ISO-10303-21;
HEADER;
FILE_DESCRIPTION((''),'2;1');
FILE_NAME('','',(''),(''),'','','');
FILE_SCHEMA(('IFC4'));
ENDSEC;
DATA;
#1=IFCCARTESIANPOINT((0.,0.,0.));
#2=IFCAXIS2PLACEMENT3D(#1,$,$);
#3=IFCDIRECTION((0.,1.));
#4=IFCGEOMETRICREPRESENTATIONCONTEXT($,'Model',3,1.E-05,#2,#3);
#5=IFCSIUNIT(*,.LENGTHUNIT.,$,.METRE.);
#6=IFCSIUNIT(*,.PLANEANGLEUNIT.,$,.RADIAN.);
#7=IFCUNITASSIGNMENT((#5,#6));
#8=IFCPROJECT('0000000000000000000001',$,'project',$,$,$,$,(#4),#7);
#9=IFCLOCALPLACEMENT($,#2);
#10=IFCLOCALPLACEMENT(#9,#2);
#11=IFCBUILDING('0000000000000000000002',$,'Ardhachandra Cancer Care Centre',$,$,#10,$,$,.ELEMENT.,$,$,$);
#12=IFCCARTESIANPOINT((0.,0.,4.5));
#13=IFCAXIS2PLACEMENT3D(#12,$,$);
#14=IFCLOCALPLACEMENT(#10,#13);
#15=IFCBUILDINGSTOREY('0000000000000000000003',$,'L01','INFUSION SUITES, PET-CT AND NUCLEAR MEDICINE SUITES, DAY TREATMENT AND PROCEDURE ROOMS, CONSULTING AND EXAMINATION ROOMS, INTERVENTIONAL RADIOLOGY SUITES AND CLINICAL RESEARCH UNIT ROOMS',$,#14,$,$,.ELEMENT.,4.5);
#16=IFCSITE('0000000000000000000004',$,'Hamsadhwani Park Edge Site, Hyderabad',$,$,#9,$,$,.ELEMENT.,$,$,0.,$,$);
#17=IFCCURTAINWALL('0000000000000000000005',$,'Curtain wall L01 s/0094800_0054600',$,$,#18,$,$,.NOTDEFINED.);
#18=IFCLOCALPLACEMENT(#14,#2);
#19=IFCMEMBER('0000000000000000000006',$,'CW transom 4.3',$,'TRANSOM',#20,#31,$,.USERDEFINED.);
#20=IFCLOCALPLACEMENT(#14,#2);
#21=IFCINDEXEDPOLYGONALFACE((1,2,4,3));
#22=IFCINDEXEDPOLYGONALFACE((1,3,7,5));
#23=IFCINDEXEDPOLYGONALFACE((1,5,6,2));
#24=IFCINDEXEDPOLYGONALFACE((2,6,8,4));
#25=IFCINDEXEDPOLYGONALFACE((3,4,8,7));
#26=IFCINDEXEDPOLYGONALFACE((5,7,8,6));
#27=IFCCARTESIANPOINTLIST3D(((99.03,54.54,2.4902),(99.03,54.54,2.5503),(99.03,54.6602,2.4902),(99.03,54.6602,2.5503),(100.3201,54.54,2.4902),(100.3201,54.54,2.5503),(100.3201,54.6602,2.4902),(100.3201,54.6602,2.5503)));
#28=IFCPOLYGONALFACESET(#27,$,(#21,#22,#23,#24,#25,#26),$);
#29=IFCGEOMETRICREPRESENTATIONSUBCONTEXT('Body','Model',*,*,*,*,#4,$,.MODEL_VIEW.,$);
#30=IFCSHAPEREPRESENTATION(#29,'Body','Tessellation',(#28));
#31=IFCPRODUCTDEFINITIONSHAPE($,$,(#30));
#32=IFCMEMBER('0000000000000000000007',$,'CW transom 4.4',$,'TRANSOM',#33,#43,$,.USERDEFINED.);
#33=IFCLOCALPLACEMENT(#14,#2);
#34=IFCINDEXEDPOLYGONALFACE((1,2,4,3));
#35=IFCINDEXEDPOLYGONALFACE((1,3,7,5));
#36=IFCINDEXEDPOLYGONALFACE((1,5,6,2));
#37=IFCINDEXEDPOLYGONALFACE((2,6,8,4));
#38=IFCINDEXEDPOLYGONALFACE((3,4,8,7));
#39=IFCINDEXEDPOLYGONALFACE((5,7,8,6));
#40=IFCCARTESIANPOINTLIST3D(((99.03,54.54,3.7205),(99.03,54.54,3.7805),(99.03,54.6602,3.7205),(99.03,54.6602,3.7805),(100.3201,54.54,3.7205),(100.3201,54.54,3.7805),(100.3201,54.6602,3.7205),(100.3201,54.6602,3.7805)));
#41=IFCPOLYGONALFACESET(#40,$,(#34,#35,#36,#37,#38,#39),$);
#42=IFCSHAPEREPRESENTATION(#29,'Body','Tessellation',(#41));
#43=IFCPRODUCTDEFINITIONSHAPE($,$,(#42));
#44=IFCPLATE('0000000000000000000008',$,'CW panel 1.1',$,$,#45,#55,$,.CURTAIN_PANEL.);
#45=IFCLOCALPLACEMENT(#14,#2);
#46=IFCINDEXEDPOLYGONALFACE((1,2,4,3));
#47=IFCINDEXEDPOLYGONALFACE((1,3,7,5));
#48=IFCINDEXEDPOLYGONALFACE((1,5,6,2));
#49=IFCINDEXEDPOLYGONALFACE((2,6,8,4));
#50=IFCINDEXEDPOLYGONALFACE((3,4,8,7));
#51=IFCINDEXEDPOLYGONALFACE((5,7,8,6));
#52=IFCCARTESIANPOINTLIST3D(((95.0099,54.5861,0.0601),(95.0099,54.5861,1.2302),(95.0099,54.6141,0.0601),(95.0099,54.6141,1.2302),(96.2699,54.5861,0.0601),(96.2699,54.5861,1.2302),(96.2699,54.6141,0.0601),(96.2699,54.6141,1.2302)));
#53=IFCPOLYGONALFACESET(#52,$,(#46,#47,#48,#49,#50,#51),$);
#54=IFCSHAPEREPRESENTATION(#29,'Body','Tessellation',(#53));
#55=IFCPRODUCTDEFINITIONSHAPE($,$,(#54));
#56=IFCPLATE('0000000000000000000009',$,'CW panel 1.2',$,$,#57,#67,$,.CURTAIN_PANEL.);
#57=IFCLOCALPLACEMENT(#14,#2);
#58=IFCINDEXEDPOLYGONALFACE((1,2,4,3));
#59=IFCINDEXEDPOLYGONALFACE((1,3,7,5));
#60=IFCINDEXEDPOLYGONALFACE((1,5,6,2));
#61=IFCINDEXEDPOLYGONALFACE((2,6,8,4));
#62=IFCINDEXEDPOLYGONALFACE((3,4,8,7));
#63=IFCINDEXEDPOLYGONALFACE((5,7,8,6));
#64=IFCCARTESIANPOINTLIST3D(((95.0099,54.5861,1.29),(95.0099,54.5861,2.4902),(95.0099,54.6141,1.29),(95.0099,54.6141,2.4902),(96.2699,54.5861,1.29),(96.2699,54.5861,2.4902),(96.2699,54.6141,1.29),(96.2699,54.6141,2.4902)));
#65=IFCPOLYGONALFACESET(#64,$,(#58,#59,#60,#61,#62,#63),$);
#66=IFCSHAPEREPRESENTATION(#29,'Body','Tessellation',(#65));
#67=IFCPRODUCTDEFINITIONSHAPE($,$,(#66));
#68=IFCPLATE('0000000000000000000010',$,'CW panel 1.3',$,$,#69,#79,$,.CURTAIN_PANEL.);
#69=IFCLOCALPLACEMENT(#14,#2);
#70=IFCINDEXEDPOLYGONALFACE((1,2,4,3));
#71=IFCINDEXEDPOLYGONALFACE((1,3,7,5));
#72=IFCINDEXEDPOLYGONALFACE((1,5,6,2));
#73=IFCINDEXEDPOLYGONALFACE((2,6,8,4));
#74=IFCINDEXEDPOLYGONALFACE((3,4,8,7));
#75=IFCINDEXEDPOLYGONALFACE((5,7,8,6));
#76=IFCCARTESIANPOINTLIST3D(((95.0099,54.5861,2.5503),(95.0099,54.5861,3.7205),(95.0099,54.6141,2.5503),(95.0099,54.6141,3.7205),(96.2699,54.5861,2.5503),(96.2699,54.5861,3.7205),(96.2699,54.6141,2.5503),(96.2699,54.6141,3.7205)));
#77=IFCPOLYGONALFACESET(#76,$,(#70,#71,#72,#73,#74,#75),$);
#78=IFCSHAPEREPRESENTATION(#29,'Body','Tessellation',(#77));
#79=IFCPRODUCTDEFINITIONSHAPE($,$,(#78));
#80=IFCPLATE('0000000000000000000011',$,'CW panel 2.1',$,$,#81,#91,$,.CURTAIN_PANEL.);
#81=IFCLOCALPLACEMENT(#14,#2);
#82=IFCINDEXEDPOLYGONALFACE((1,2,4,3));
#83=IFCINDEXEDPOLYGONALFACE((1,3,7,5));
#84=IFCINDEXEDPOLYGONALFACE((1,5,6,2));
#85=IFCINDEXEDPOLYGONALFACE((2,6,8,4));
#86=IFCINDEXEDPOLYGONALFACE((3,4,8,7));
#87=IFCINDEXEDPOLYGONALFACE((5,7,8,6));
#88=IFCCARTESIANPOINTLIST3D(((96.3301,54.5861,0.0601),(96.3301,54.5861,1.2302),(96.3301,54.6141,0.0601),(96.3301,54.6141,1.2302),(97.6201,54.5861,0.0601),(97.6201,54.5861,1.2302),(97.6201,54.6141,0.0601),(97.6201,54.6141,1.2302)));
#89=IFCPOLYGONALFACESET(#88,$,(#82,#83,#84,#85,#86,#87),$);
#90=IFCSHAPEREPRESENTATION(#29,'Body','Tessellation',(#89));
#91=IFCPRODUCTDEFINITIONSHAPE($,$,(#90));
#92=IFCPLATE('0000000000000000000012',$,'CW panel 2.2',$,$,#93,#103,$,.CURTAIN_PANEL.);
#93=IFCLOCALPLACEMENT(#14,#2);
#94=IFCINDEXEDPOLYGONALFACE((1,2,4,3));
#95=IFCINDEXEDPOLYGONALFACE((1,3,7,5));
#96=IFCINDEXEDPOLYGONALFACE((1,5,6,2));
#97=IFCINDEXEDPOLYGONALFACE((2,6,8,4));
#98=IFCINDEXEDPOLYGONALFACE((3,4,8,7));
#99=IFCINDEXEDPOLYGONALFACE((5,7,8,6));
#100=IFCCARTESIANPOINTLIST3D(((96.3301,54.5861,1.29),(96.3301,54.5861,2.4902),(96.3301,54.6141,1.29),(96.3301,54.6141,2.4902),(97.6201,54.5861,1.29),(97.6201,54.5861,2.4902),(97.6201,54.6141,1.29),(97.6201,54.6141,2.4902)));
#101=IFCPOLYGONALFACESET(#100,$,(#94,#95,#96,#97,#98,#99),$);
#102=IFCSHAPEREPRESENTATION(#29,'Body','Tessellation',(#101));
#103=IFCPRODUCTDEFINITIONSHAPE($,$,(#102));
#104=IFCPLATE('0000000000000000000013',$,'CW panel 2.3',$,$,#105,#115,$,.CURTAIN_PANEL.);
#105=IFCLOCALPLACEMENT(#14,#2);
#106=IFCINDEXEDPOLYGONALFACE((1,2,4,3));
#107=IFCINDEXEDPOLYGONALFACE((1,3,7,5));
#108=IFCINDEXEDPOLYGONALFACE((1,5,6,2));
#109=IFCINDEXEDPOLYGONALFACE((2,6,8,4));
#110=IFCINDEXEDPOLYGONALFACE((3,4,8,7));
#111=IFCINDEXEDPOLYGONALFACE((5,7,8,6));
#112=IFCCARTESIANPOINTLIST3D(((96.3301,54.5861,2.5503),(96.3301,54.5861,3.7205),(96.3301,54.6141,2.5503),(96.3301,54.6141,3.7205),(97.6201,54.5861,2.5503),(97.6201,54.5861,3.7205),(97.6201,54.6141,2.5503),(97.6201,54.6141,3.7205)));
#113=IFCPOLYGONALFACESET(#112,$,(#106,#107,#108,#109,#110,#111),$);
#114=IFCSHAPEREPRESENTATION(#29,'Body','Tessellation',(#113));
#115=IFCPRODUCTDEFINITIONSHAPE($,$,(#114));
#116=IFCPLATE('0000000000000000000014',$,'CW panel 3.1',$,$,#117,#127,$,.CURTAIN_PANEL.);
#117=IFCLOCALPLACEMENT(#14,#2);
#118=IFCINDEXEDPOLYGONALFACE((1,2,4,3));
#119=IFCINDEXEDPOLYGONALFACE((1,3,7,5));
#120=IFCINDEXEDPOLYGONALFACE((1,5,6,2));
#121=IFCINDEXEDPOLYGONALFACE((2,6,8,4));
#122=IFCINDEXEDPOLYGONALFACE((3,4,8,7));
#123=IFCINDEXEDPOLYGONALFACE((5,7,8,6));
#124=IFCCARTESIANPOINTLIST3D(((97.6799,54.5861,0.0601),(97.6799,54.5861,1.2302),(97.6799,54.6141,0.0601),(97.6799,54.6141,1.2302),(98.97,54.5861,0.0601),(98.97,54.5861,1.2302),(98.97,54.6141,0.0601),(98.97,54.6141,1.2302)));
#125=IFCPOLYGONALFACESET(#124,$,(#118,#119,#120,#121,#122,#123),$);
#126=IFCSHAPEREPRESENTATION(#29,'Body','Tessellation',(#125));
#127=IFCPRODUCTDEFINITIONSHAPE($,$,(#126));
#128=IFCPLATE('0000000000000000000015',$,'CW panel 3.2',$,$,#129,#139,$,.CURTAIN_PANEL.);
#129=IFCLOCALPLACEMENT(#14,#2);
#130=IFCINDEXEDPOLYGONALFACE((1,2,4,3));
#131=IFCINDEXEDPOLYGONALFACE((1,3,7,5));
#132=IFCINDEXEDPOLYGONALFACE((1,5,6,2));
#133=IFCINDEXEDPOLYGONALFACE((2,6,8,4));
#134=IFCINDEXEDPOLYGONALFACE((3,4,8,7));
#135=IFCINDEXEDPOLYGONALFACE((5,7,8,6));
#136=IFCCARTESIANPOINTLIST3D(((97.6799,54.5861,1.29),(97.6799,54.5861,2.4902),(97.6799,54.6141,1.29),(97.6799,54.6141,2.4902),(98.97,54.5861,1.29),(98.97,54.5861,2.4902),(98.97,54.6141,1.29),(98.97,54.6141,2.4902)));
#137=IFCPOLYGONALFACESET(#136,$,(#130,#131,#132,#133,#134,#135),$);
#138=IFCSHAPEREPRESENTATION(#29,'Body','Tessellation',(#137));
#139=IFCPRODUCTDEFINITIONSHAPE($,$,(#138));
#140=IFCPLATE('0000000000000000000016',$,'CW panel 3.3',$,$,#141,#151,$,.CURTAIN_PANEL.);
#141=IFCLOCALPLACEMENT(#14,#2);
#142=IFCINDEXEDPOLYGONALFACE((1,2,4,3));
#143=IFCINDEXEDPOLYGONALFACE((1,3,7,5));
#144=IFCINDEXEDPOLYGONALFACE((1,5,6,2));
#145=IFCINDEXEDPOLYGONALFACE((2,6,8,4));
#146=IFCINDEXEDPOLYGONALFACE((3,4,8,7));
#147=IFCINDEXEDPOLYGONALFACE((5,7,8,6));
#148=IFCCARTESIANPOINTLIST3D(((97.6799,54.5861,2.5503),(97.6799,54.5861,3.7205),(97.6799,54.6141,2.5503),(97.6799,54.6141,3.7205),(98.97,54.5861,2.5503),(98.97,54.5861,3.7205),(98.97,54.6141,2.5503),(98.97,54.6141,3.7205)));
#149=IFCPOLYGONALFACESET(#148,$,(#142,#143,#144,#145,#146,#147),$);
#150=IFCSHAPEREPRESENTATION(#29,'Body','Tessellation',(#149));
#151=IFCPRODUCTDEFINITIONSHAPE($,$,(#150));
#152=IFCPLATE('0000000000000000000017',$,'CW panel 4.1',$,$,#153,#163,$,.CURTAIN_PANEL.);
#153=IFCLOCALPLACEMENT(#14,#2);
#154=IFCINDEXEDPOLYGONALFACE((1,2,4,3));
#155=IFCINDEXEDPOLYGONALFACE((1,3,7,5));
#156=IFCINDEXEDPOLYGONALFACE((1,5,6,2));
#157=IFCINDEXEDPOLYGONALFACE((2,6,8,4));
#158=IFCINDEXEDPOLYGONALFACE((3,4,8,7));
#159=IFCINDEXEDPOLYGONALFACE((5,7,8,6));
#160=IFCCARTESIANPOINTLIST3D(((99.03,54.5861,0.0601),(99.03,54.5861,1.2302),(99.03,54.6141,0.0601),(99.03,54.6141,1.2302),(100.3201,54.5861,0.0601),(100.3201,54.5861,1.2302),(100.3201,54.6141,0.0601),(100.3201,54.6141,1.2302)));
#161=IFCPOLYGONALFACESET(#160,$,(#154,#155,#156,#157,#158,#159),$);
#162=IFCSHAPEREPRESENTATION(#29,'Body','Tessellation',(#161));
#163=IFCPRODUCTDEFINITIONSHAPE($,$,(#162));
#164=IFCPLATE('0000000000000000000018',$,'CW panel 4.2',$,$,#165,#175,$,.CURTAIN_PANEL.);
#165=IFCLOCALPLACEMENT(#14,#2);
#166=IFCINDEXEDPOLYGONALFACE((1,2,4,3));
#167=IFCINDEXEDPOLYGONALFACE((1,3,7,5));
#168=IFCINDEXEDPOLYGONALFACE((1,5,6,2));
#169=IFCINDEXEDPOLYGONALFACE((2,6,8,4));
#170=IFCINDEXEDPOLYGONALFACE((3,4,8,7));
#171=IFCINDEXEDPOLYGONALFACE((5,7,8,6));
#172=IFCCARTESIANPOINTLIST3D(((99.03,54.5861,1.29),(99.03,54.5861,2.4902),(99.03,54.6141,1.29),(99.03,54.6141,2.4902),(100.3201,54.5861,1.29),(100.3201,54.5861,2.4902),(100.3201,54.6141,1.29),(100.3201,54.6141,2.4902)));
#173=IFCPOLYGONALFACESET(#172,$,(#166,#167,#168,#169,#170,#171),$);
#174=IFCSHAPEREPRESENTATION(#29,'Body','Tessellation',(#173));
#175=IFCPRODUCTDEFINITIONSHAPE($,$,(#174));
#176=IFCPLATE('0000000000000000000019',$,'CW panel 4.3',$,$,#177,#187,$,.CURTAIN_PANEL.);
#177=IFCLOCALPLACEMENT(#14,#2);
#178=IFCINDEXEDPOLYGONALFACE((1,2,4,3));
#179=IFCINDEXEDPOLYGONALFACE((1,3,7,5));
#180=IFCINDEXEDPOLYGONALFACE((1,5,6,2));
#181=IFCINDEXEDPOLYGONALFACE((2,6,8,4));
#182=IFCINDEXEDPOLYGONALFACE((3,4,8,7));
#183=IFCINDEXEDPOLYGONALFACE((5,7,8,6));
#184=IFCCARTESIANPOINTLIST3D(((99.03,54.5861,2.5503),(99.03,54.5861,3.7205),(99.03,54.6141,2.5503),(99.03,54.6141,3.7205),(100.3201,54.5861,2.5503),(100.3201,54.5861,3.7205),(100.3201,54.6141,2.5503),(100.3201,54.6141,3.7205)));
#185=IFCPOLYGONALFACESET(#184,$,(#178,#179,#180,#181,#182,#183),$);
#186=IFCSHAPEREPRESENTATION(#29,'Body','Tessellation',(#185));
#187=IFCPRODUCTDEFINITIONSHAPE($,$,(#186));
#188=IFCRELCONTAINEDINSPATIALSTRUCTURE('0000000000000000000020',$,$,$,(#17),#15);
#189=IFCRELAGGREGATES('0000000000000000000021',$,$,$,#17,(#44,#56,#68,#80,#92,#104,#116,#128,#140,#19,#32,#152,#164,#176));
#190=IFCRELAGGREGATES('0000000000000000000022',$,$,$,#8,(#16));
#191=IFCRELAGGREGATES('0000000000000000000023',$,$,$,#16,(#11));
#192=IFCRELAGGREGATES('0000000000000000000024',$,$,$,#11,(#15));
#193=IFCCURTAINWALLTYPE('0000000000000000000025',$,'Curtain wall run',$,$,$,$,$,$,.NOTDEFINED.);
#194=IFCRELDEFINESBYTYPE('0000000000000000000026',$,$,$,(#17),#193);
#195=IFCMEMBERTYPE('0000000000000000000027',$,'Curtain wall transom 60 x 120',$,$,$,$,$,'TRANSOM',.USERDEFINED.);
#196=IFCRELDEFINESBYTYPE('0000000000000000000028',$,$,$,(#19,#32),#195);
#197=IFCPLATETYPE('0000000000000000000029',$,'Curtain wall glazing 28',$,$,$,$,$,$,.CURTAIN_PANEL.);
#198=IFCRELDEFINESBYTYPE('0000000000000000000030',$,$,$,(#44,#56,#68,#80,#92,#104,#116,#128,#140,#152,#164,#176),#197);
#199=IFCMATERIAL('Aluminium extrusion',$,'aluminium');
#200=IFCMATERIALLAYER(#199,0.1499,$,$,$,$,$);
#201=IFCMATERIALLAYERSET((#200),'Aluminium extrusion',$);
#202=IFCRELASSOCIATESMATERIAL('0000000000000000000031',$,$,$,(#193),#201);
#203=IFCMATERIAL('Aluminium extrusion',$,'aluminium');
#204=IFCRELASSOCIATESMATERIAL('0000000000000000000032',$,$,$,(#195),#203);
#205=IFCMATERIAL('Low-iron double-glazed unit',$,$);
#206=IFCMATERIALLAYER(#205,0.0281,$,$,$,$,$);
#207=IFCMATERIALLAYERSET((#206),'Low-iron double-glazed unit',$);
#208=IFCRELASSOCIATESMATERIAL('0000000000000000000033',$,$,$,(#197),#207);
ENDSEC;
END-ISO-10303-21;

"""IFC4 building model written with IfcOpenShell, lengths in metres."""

from ifc_helpers import new_model, si_unit, direction, frame, origin, origin_2d, place, context, subcontext, project, spatial, rectangle, extrude, material, layer, layer_set, material_profile, profile_set, type_object, element, aggregate, save


model = new_model("IFC4")

# Units and contexts
model_context = context("Model", 3, precision=1e-05, world=origin(), true_north=direction((0.0, 1.0)))
body_context = subcontext(model_context, "Body", "Model", "MODEL_VIEW")
ifc_project = project(units=[si_unit("LENGTHUNIT", "METRE"), si_unit("PLANEANGLEUNIT", "RADIAN")], contexts=[model_context])

# Site, building, storey
site_placement = place(None, origin())
site = spatial("IfcSite", under=ifc_project, at=site_placement, Name="Hamsadhwani Park Edge Site, Hyderabad", CompositionType="ELEMENT", RefElevation=0.0)
building_placement = place(site_placement, origin())
building = spatial("IfcBuilding", under=site, at=building_placement, Name="Ardhachandra Cancer Care Centre", CompositionType="ELEMENT")
storey_placement = place(building_placement, frame((0.0, 0.0, 4.5)))
storey = spatial("IfcBuildingStorey", under=building, at=storey_placement, Name="L01", Description="INFUSION SUITES, PET-CT AND NUCLEAR MEDICINE SUITES, DAY TREATMENT AND PROCEDURE ROOMS, CONSULTING AND EXAMINATION ROOMS, INTERVENTIONAL RADIOLOGY SUITES AND CLINICAL RESEARCH UNIT ROOMS", CompositionType="ELEMENT", Elevation=4.5)

# Curtain wall, members, plates
ifc_material_1 = material(Name="Aluminium extrusion", Category="aluminium")
ifc_layer_1 = layer(ifc_material_1, 0.1499)
ifc_layer_set_1 = layer_set([ifc_layer_1], Name="Aluminium extrusion")
curtain_wall_type = type_object("IfcCurtainWallType", Name="Curtain wall run", PredefinedType="NOTDEFINED", material=ifc_layer_set_1)
curtain_wall_placement = place(storey_placement, origin())
curtain_wall = element("IfcCurtainWall", 1, at=curtain_wall_placement, inside=storey, type_object=curtain_wall_type, Name="Curtain wall L01 s/0094800_0054600", PredefinedType="NOTDEFINED")
ifc_material_2 = material(Name="Aluminium extrusion", Category="aluminium")
ifc_material_profile_1 = material_profile(ifc_material_2, rectangle(XDim=0.1201, YDim=0.0601, at=origin_2d()), Name="Curtain wall transom 60 x 120")
ifc_profile_set_1 = profile_set([ifc_material_profile_1], Name="Aluminium extrusion")
member_type_1 = type_object("IfcMemberType", Name="Curtain wall transom 60 x 120", ElementType="TRANSOM", PredefinedType="USERDEFINED", material=ifc_profile_set_1)
member_1_placement = place(storey_placement, frame((99.03, 54.6001, 2.5203), z_axis=(1.0, 0.0, 0.0), x_axis=(0.0, 1.0, 0.0)))
member_1 = element("IfcMember", 2, at=member_1_placement, type_object=member_type_1, Name="CW transom 4.3", ObjectType="TRANSOM", PredefinedType="USERDEFINED", context=body_context, shape_type="SweptSolid", body=[
    extrude(rectangle(XDim=0.1201, YDim=0.0601, at=origin_2d()), origin(), (0.0, 0.0, 1.0), 1.29),
])
member_2_placement = place(storey_placement, frame((99.03, 54.6001, 3.7505), z_axis=(1.0, 0.0, 0.0), x_axis=(0.0, 1.0, 0.0)))
member_2 = element("IfcMember", 3, at=member_2_placement, type_object=member_type_1, Name="CW transom 4.4", ObjectType="TRANSOM", PredefinedType="USERDEFINED", context=body_context, shape_type="SweptSolid", body=[
    extrude(rectangle(XDim=0.1201, YDim=0.0601, at=origin_2d()), origin(), (0.0, 0.0, 1.0), 1.29),
])
ifc_material_3 = material(Name="Low-iron double-glazed unit")
ifc_layer_2 = layer(ifc_material_3, 0.0281)
ifc_layer_set_2 = layer_set([ifc_layer_2], Name="Low-iron double-glazed unit")
plate_type = type_object("IfcPlateType", Name="Curtain wall glazing 28", PredefinedType="CURTAIN_PANEL", material=ifc_layer_set_2)
plate_1_placement = place(storey_placement, frame((95.6399, 54.6001, 0.0601), z_axis=(0.0, 0.0, 1.0), x_axis=(1.0, 0.0, 0.0)))
plate_1 = element("IfcPlate", 4, at=plate_1_placement, type_object=plate_type, Name="CW panel 1.1", PredefinedType="CURTAIN_PANEL", context=body_context, shape_type="SweptSolid", body=[
    extrude(rectangle(XDim=1.26, YDim=0.0281, at=origin_2d()), origin(), (0.0, 0.0, 1.0), 1.1702),
])
plate_2_placement = place(storey_placement, frame((95.6399, 54.6001, 1.29), z_axis=(0.0, 0.0, 1.0), x_axis=(1.0, 0.0, 0.0)))
plate_2 = element("IfcPlate", 5, at=plate_2_placement, type_object=plate_type, Name="CW panel 1.2", PredefinedType="CURTAIN_PANEL", context=body_context, shape_type="SweptSolid", body=[
    extrude(rectangle(XDim=1.26, YDim=0.0281, at=origin_2d()), origin(), (0.0, 0.0, 1.0), 1.2002),
])
plate_3_placement = place(storey_placement, frame((95.6399, 54.6001, 2.5503), z_axis=(0.0, 0.0, 1.0), x_axis=(1.0, 0.0, 0.0)))
plate_3 = element("IfcPlate", 6, at=plate_3_placement, type_object=plate_type, Name="CW panel 1.3", PredefinedType="CURTAIN_PANEL", context=body_context, shape_type="SweptSolid", body=[
    extrude(rectangle(XDim=1.26, YDim=0.0281, at=origin_2d()), origin(), (0.0, 0.0, 1.0), 1.1702),
])
plate_4_placement = place(storey_placement, frame((96.9751, 54.6001, 0.0601), z_axis=(0.0, 0.0, 1.0), x_axis=(1.0, 0.0, 0.0)))
plate_4 = element("IfcPlate", 7, at=plate_4_placement, type_object=plate_type, Name="CW panel 2.1", PredefinedType="CURTAIN_PANEL", context=body_context, shape_type="SweptSolid", body=[
    extrude(rectangle(XDim=1.29, YDim=0.0281, at=origin_2d()), origin(), (0.0, 0.0, 1.0), 1.1702),
])
plate_5_placement = place(storey_placement, frame((96.9751, 54.6001, 1.29), z_axis=(0.0, 0.0, 1.0), x_axis=(1.0, 0.0, 0.0)))
plate_5 = element("IfcPlate", 8, at=plate_5_placement, type_object=plate_type, Name="CW panel 2.2", PredefinedType="CURTAIN_PANEL", context=body_context, shape_type="SweptSolid", body=[
    extrude(rectangle(XDim=1.29, YDim=0.0281, at=origin_2d()), origin(), (0.0, 0.0, 1.0), 1.2002),
])
plate_6_placement = place(storey_placement, frame((96.9751, 54.6001, 2.5503), z_axis=(0.0, 0.0, 1.0), x_axis=(1.0, 0.0, 0.0)))
plate_6 = element("IfcPlate", 9, at=plate_6_placement, type_object=plate_type, Name="CW panel 2.3", PredefinedType="CURTAIN_PANEL", context=body_context, shape_type="SweptSolid", body=[
    extrude(rectangle(XDim=1.29, YDim=0.0281, at=origin_2d()), origin(), (0.0, 0.0, 1.0), 1.1702),
])
plate_7_placement = place(storey_placement, frame((98.325, 54.6001, 0.0601), z_axis=(0.0, 0.0, 1.0), x_axis=(1.0, 0.0, 0.0)))
plate_7 = element("IfcPlate", 10, at=plate_7_placement, type_object=plate_type, Name="CW panel 3.1", PredefinedType="CURTAIN_PANEL", context=body_context, shape_type="SweptSolid", body=[
    extrude(rectangle(XDim=1.29, YDim=0.0281, at=origin_2d()), origin(), (0.0, 0.0, 1.0), 1.1702),
])
plate_8_placement = place(storey_placement, frame((98.325, 54.6001, 1.29), z_axis=(0.0, 0.0, 1.0), x_axis=(1.0, 0.0, 0.0)))
plate_8 = element("IfcPlate", 11, at=plate_8_placement, type_object=plate_type, Name="CW panel 3.2", PredefinedType="CURTAIN_PANEL", context=body_context, shape_type="SweptSolid", body=[
    extrude(rectangle(XDim=1.29, YDim=0.0281, at=origin_2d()), origin(), (0.0, 0.0, 1.0), 1.2002),
])
plate_9_placement = place(storey_placement, frame((98.325, 54.6001, 2.5503), z_axis=(0.0, 0.0, 1.0), x_axis=(1.0, 0.0, 0.0)))
plate_9 = element("IfcPlate", 12, at=plate_9_placement, type_object=plate_type, Name="CW panel 3.3", PredefinedType="CURTAIN_PANEL", context=body_context, shape_type="SweptSolid", body=[
    extrude(rectangle(XDim=1.29, YDim=0.0281, at=origin_2d()), origin(), (0.0, 0.0, 1.0), 1.1702),
])
plate_10_placement = place(storey_placement, frame((99.675, 54.6001, 0.0601), z_axis=(0.0, 0.0, 1.0), x_axis=(1.0, 0.0, 0.0)))
plate_10 = element("IfcPlate", 13, at=plate_10_placement, type_object=plate_type, Name="CW panel 4.1", PredefinedType="CURTAIN_PANEL", context=body_context, shape_type="SweptSolid", body=[
    extrude(rectangle(XDim=1.29, YDim=0.0281, at=origin_2d()), origin(), (0.0, 0.0, 1.0), 1.1702),
])
plate_11_placement = place(storey_placement, frame((99.675, 54.6001, 1.29), z_axis=(0.0, 0.0, 1.0), x_axis=(1.0, 0.0, 0.0)))
plate_11 = element("IfcPlate", 14, at=plate_11_placement, type_object=plate_type, Name="CW panel 4.2", PredefinedType="CURTAIN_PANEL", context=body_context, shape_type="SweptSolid", body=[
    extrude(rectangle(XDim=1.29, YDim=0.0281, at=origin_2d()), origin(), (0.0, 0.0, 1.0), 1.2002),
])
plate_12_placement = place(storey_placement, frame((99.675, 54.6001, 2.5503), z_axis=(0.0, 0.0, 1.0), x_axis=(1.0, 0.0, 0.0)))
plate_12 = element("IfcPlate", 15, at=plate_12_placement, type_object=plate_type, Name="CW panel 4.3", PredefinedType="CURTAIN_PANEL", context=body_context, shape_type="SweptSolid", body=[
    extrude(rectangle(XDim=1.29, YDim=0.0281, at=origin_2d()), origin(), (0.0, 0.0, 1.0), 1.1702),
])
aggregate(curtain_wall, [plate_1, plate_2, plate_3, plate_4, plate_5, plate_6, plate_7, plate_8, plate_9, member_1, member_2, plate_10, plate_11, plate_12])

save(model, "model.ifc")
